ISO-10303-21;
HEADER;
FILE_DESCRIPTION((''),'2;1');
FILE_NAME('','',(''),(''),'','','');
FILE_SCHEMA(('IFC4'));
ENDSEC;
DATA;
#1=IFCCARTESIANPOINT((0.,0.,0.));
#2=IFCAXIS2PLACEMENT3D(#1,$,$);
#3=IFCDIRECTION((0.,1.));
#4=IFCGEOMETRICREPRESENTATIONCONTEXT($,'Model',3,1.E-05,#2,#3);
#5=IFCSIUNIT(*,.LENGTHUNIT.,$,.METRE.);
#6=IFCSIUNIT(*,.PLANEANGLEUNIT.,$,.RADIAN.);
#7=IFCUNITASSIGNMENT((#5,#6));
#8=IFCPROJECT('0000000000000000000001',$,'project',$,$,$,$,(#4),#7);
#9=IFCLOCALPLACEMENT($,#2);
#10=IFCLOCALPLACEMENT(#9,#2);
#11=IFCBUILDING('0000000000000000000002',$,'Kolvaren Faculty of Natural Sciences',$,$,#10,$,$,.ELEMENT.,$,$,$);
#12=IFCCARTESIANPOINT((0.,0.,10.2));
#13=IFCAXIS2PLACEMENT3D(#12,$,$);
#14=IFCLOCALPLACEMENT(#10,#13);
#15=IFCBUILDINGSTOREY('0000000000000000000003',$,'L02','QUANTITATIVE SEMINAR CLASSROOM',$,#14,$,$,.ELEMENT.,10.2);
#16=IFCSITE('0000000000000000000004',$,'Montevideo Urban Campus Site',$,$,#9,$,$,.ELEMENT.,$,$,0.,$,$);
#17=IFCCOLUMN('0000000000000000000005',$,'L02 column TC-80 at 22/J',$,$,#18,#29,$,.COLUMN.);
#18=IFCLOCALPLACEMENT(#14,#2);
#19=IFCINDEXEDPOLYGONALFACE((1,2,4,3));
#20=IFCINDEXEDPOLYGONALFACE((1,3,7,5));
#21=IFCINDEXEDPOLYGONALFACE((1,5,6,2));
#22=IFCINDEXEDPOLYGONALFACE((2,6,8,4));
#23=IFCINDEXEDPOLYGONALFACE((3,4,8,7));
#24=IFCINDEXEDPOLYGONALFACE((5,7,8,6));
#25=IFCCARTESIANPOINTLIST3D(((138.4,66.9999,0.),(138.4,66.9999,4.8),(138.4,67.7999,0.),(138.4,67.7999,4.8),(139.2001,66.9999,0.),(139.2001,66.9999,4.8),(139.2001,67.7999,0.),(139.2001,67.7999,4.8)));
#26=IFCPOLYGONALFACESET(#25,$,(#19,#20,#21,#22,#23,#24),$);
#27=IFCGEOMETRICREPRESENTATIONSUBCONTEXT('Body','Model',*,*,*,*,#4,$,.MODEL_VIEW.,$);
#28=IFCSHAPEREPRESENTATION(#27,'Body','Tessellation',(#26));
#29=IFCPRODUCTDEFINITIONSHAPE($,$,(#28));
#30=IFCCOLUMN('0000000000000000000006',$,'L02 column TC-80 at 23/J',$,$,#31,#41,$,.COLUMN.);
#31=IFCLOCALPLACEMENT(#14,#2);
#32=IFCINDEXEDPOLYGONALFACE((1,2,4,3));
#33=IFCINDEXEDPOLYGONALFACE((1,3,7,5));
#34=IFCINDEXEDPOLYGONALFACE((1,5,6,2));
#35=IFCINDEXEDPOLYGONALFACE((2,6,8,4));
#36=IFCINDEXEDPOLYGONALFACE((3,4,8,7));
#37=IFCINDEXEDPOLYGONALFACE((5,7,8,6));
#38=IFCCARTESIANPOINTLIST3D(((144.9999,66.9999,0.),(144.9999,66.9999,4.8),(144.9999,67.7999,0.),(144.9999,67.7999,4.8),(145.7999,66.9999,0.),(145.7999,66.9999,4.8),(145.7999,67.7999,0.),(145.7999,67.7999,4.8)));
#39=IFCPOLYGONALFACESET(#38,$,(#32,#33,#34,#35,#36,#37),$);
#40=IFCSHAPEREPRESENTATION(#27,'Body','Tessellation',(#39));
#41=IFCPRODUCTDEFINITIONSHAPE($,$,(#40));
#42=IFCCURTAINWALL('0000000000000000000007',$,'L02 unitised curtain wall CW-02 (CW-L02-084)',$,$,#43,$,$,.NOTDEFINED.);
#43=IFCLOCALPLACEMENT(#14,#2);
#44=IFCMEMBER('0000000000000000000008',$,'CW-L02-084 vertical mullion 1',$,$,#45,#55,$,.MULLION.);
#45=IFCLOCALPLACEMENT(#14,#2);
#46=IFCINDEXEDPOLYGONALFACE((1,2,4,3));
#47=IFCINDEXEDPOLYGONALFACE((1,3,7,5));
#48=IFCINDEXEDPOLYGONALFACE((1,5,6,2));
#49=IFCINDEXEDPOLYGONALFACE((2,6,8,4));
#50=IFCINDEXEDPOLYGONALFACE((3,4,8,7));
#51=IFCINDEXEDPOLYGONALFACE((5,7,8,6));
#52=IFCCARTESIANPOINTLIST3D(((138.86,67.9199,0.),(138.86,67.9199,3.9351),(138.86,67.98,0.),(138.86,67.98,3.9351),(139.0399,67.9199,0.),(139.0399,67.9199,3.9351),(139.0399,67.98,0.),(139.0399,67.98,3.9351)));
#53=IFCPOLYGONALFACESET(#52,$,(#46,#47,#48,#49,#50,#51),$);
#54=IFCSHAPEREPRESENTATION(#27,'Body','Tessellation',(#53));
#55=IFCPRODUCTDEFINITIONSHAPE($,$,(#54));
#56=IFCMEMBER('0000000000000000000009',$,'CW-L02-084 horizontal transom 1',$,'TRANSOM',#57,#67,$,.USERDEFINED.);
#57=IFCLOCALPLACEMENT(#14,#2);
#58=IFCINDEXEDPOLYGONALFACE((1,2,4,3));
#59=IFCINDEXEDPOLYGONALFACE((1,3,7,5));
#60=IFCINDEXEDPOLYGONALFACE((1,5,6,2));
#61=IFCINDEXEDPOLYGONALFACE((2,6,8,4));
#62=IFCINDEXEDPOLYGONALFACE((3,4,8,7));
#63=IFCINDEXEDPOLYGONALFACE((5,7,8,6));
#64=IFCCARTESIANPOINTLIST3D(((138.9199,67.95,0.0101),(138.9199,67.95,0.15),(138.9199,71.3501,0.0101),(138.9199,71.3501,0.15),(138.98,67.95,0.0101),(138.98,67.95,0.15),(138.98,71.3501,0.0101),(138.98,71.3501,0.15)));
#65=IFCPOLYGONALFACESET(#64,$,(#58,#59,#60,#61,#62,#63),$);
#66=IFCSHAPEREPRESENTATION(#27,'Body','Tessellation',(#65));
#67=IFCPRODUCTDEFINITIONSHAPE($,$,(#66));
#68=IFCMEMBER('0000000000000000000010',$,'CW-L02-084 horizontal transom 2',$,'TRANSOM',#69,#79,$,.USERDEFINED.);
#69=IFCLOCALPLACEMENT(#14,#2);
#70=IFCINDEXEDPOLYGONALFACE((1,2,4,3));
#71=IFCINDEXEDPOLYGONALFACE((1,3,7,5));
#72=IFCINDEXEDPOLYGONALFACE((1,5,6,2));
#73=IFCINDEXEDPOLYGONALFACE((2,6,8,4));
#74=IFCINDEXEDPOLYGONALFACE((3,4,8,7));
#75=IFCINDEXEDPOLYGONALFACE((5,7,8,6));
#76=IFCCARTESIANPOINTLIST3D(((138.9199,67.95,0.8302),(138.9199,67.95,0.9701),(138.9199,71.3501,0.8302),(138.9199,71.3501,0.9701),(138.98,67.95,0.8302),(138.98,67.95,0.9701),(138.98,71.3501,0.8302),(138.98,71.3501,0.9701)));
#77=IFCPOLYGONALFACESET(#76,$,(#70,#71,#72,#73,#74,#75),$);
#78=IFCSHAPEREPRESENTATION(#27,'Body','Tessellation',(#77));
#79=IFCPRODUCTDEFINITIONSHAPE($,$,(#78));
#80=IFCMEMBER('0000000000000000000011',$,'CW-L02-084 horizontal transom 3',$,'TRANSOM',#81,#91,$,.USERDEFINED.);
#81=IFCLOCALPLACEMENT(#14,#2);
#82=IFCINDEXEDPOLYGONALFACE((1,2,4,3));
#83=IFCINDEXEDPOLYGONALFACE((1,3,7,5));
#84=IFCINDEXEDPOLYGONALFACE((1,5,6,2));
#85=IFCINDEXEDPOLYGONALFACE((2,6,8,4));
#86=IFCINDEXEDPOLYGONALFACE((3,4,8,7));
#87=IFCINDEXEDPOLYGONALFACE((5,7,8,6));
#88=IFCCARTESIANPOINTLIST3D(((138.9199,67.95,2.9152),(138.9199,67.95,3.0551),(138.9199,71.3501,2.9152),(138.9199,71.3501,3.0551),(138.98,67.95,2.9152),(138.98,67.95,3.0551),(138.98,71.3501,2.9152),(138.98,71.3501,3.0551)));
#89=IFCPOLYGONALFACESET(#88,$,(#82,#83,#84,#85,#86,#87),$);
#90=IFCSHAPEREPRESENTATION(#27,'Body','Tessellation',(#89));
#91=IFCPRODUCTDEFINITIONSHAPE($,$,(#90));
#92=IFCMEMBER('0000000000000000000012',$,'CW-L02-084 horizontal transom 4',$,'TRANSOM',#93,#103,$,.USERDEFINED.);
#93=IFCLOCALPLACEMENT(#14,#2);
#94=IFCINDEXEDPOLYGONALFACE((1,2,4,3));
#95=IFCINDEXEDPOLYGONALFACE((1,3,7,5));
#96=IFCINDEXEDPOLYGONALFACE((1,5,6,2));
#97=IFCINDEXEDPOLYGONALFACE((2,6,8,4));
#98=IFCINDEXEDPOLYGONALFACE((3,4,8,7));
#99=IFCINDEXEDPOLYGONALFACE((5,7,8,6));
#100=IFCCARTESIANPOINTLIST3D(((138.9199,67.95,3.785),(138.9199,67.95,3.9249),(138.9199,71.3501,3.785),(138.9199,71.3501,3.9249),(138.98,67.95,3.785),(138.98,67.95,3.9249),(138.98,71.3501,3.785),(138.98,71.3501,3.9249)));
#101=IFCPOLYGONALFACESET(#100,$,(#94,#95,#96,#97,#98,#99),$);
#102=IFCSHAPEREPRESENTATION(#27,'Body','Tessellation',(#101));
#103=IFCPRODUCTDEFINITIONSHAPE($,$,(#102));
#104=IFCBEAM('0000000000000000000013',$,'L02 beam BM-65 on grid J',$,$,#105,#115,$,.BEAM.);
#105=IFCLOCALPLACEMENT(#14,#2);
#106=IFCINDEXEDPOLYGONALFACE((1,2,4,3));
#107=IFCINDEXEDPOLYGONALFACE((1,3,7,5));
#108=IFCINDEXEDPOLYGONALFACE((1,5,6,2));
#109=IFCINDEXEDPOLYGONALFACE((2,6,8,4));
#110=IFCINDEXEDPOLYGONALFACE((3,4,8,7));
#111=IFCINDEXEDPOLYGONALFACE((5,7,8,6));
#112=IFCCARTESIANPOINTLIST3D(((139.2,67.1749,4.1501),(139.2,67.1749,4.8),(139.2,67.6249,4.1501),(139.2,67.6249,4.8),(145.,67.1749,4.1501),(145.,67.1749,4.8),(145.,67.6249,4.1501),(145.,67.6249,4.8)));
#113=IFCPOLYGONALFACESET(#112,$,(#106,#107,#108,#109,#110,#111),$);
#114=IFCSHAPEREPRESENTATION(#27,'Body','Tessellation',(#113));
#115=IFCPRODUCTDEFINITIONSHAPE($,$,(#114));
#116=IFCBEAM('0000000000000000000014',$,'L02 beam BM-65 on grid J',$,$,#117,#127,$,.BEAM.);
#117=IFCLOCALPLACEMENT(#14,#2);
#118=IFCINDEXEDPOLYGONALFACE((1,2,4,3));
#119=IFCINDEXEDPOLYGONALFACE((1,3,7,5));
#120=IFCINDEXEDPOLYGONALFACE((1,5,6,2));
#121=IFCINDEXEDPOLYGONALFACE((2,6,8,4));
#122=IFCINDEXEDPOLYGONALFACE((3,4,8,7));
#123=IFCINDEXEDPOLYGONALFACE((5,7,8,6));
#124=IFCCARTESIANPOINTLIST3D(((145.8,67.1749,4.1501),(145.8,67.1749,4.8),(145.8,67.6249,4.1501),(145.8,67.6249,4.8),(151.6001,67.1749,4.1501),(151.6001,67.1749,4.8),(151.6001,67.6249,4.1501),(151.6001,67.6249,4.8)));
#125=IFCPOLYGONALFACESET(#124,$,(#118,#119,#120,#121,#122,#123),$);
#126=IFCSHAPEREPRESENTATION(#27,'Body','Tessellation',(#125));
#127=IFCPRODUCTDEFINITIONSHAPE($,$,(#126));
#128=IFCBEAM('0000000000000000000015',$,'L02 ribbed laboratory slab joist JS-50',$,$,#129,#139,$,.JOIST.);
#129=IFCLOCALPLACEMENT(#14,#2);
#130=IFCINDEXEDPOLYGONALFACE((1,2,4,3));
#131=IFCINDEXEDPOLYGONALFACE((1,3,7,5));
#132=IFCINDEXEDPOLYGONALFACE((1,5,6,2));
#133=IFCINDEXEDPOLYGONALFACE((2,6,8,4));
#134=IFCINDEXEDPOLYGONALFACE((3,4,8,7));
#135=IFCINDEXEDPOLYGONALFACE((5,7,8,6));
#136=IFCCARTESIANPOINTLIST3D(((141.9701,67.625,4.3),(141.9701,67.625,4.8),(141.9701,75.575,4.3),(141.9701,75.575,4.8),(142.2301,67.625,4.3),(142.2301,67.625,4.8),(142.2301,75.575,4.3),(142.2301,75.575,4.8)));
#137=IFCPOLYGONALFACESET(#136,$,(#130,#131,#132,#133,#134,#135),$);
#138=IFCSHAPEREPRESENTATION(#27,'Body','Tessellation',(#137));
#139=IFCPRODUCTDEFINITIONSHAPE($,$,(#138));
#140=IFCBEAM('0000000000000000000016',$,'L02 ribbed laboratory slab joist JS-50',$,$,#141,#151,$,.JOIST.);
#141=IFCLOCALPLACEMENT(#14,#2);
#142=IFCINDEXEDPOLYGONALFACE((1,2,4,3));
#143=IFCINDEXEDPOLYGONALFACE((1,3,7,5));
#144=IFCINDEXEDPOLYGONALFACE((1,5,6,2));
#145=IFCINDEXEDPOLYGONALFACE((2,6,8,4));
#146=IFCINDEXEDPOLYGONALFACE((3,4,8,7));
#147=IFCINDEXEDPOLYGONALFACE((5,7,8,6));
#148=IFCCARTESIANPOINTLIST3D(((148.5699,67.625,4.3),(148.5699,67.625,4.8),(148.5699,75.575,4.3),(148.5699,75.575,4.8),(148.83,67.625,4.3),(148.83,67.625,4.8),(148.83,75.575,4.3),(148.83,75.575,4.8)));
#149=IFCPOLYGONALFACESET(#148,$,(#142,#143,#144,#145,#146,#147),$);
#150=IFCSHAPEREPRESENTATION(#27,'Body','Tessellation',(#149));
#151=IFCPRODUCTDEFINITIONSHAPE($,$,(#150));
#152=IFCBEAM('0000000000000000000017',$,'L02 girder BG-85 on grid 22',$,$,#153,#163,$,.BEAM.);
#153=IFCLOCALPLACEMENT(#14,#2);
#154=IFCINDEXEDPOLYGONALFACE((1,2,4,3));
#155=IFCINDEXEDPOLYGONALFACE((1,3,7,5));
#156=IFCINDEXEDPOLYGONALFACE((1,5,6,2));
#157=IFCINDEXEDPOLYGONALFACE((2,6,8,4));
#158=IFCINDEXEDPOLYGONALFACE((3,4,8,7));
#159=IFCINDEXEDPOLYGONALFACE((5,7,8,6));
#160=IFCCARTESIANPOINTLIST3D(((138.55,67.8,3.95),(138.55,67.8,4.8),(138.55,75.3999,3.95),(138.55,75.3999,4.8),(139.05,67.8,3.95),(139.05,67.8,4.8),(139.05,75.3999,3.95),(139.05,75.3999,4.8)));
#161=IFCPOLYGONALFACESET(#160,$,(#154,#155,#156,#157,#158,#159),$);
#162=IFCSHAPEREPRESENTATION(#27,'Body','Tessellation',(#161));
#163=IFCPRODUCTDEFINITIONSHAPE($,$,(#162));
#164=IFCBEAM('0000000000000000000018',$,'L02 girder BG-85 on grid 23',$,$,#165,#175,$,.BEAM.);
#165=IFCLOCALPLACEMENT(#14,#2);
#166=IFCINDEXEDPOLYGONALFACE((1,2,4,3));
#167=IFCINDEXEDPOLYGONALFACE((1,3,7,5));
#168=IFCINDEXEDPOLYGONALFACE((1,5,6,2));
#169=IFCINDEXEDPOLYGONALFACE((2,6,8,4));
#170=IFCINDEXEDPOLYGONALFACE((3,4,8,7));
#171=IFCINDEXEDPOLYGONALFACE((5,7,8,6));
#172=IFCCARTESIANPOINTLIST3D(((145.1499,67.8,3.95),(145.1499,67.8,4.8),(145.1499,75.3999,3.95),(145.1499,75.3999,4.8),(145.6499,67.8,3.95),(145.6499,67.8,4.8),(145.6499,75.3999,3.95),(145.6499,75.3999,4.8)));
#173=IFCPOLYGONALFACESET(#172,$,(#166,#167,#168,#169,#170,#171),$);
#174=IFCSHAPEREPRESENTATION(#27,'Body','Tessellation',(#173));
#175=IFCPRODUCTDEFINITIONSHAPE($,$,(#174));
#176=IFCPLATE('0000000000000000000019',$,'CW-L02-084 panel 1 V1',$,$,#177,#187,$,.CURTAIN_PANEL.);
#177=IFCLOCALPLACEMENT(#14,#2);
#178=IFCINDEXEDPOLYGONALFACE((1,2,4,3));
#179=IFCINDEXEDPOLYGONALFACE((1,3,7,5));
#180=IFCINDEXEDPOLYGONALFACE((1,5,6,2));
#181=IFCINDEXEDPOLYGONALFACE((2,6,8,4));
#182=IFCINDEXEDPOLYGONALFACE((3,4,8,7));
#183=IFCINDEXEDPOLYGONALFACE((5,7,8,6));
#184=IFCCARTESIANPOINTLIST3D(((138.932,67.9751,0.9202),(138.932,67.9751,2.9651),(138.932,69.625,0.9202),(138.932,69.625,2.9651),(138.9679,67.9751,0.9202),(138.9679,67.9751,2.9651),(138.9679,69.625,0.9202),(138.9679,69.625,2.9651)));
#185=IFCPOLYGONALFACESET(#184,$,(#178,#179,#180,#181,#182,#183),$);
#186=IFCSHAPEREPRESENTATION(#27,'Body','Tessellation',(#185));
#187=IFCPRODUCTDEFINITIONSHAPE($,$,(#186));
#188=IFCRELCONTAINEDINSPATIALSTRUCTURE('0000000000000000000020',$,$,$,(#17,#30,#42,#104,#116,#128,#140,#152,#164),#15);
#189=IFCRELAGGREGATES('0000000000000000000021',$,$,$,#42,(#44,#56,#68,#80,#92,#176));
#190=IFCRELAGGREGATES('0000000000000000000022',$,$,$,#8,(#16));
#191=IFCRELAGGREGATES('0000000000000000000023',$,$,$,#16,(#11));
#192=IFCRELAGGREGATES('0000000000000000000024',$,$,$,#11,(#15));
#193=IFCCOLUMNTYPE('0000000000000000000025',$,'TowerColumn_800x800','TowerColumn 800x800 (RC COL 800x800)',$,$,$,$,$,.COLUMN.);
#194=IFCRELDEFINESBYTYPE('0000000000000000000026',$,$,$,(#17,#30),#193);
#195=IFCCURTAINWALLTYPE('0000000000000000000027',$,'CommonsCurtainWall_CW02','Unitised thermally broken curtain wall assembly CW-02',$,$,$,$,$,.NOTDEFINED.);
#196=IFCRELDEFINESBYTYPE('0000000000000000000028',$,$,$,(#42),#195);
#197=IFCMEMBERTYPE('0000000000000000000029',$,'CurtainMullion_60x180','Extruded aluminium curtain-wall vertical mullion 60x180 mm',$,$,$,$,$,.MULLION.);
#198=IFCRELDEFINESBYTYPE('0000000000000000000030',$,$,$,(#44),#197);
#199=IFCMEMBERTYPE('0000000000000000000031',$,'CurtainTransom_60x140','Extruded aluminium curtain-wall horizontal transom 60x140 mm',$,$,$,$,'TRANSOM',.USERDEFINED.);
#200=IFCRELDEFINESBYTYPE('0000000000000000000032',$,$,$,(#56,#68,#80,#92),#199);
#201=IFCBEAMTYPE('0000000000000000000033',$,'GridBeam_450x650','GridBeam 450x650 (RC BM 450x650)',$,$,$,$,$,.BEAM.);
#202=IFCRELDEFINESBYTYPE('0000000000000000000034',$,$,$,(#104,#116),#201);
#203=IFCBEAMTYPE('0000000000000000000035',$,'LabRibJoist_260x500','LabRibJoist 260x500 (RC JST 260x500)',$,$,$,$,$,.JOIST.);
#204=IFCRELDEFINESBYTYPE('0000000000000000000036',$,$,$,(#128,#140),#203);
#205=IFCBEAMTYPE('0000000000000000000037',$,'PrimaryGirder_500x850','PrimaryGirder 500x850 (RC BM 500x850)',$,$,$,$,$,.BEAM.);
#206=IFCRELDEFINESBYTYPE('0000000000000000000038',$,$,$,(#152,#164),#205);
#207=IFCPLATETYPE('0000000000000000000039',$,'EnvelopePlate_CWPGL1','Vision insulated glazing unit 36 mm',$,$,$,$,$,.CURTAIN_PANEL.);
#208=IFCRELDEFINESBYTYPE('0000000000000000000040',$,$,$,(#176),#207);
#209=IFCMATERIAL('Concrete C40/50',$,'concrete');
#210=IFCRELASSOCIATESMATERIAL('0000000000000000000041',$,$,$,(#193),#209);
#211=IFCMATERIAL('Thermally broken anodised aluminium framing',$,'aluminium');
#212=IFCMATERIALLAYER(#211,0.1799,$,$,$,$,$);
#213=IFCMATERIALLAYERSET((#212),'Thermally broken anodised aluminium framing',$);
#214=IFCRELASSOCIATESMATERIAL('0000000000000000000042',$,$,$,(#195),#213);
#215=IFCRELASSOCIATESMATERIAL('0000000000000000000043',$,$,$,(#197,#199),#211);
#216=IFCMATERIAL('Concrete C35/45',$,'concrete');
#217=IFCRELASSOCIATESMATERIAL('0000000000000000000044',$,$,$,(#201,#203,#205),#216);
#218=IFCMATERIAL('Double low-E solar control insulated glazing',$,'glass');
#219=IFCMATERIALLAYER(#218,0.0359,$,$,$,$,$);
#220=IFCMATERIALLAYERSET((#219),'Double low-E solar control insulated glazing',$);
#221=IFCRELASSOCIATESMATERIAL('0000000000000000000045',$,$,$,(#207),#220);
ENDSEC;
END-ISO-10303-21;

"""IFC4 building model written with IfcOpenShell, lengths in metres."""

from ifc_helpers import new_model, si_unit, direction, frame, origin, origin_2d, place, context, subcontext, project, spatial, rectangle, extrude, material, layer, layer_set, material_profile, profile_set, type_object, element, aggregate, save


model = new_model("IFC4")

# Units and contexts
model_context = context("Model", 3, precision=1e-05, world=origin(), true_north=direction((0.0, 1.0)))
body_context = subcontext(model_context, "Body", "Model", "MODEL_VIEW")
ifc_project = project(units=[si_unit("LENGTHUNIT", "METRE"), si_unit("PLANEANGLEUNIT", "RADIAN")], contexts=[model_context])

# Site, building, storey
site_placement = place(None, origin())
site = spatial("IfcSite", under=ifc_project, at=site_placement, Name="Montevideo Urban Campus Site", CompositionType="ELEMENT", RefElevation=0.0)
building_placement = place(site_placement, origin())
building = spatial("IfcBuilding", under=site, at=building_placement, Name="Kolvaren Faculty of Natural Sciences", CompositionType="ELEMENT")
storey_placement = place(building_placement, frame((0.0, 0.0, 10.2)))
storey = spatial("IfcBuildingStorey", under=building, at=storey_placement, Name="L02", Description="QUANTITATIVE SEMINAR CLASSROOM", CompositionType="ELEMENT", Elevation=10.2)

# Columns
ifc_material_1 = material(Name="Concrete C40/50", Category="concrete")
ifc_material_profile_1 = material_profile(ifc_material_1, rectangle(XDim=0.8, YDim=0.8, at=origin_2d()), Name="RC COL 800x800")
ifc_profile_set_1 = profile_set([ifc_material_profile_1], Name="Concrete C40/50")
column_type = type_object("IfcColumnType", Name="TowerColumn_800x800", Description="TowerColumn 800x800 (RC COL 800x800)", PredefinedType="COLUMN", material=ifc_profile_set_1)
for number, where, z_axis, x_axis, name in (
    (1, (138.8, 67.3999, 0.0), (0.0, 0.0, 1.0), (1.0, 0.0, 0.0), "L02 column TC-80 at 22/J"),
    (2, (145.3999, 67.3999, 0.0), (0.0, 0.0, 1.0), (1.0, 0.0, 0.0), "L02 column TC-80 at 23/J"),
):
    element("IfcColumn", number, at=place(storey_placement, frame(where, z_axis=z_axis, x_axis=x_axis)), inside=storey, type_object=column_type, Name=name, PredefinedType="COLUMN", context=body_context, shape_type="SweptSolid", body=[
        extrude(rectangle(XDim=0.8, YDim=0.8, at=origin_2d()), origin(), (0.0, 0.0, 1.0), 4.8),
    ])

# Curtain wall, members
ifc_material_2 = material(Name="Thermally broken anodised aluminium framing", Category="aluminium")
ifc_layer_1 = layer(ifc_material_2, 0.1799)
ifc_layer_set_1 = layer_set([ifc_layer_1], Name="Thermally broken anodised aluminium framing")
curtain_wall_type = type_object("IfcCurtainWallType", Name="CommonsCurtainWall_CW02", Description="Unitised thermally broken curtain wall assembly CW-02", PredefinedType="NOTDEFINED", material=ifc_layer_set_1)
curtain_wall_placement = place(storey_placement, origin())
curtain_wall = element("IfcCurtainWall", 3, at=curtain_wall_placement, inside=storey, type_object=curtain_wall_type, Name="L02 unitised curtain wall CW-02 (CW-L02-084)", PredefinedType="NOTDEFINED")
ifc_material_profile_2 = material_profile(ifc_material_2, rectangle(XDim=0.0601, YDim=0.1799, at=origin_2d()), Name="ALU MUL 60x180")
ifc_profile_set_2 = profile_set([ifc_material_profile_2], Name="Thermally broken anodised aluminium framing")
member_type_1 = type_object("IfcMemberType", Name="CurtainMullion_60x180", Description="Extruded aluminium curtain-wall vertical mullion 60x180 mm", PredefinedType="MULLION", material=ifc_profile_set_2)
member_1_placement = place(storey_placement, frame((138.95, 67.95, 0.0), z_axis=(0.0, 0.0, 1.0), x_axis=(0.0, 1.0, 0.0)))
member_1 = element("IfcMember", 4, at=member_1_placement, type_object=member_type_1, Name="CW-L02-084 vertical mullion 1", PredefinedType="MULLION", context=body_context, shape_type="SweptSolid", body=[
    extrude(rectangle(XDim=0.0601, YDim=0.1799, at=origin_2d()), origin(), (0.0, 0.0, 1.0), 3.9351),
])
ifc_material_profile_3 = material_profile(ifc_material_2, rectangle(XDim=0.0601, YDim=0.1399, at=origin_2d()), Name="ALU TRN 60x140")
ifc_profile_set_3 = profile_set([ifc_material_profile_3], Name="Thermally broken anodised aluminium framing")
member_type_2 = type_object("IfcMemberType", Name="CurtainTransom_60x140", Description="Extruded aluminium curtain-wall horizontal transom 60x140 mm", ElementType="TRANSOM", PredefinedType="USERDEFINED", material=ifc_profile_set_3)
member_2_placement = place(storey_placement, frame((138.95, 67.95, 0.0801), z_axis=(0.0, 1.0, 0.0), x_axis=(-1.0, 0.0, 0.0)))
member_2 = element("IfcMember", 5, at=member_2_placement, type_object=member_type_2, Name="CW-L02-084 horizontal transom 1", ObjectType="TRANSOM", PredefinedType="USERDEFINED", context=body_context, shape_type="SweptSolid", body=[
    extrude(rectangle(XDim=0.0601, YDim=0.1399, at=origin_2d()), origin(), (0.0, 0.0, 1.0), 3.4001),
])
member_3_placement = place(storey_placement, frame((138.95, 67.95, 0.9001), z_axis=(0.0, 1.0, 0.0), x_axis=(-1.0, 0.0, 0.0)))
member_3 = element("IfcMember", 6, at=member_3_placement, type_object=member_type_2, Name="CW-L02-084 horizontal transom 2", ObjectType="TRANSOM", PredefinedType="USERDEFINED", context=body_context, shape_type="SweptSolid", body=[
    extrude(rectangle(XDim=0.0601, YDim=0.1399, at=origin_2d()), origin(), (0.0, 0.0, 1.0), 3.4001),
])
member_4_placement = place(storey_placement, frame((138.95, 67.95, 2.9851), z_axis=(0.0, 1.0, 0.0), x_axis=(-1.0, 0.0, 0.0)))
member_4 = element("IfcMember", 7, at=member_4_placement, type_object=member_type_2, Name="CW-L02-084 horizontal transom 3", ObjectType="TRANSOM", PredefinedType="USERDEFINED", context=body_context, shape_type="SweptSolid", body=[
    extrude(rectangle(XDim=0.0601, YDim=0.1399, at=origin_2d()), origin(), (0.0, 0.0, 1.0), 3.4001),
])
member_5_placement = place(storey_placement, frame((138.95, 67.95, 3.855), z_axis=(0.0, 1.0, 0.0), x_axis=(-1.0, 0.0, 0.0)))
member_5 = element("IfcMember", 8, at=member_5_placement, type_object=member_type_2, Name="CW-L02-084 horizontal transom 4", ObjectType="TRANSOM", PredefinedType="USERDEFINED", context=body_context, shape_type="SweptSolid", body=[
    extrude(rectangle(XDim=0.0601, YDim=0.1399, at=origin_2d()), origin(), (0.0, 0.0, 1.0), 3.4001),
])

# Beams
ifc_material_3 = material(Name="Concrete C35/45", Category="concrete")
ifc_material_profile_4 = material_profile(ifc_material_3, rectangle(XDim=0.45, YDim=0.6499, at=origin_2d()), Name="RC BM 450x650")
ifc_profile_set_4 = profile_set([ifc_material_profile_4], Name="Concrete C35/45")
beam_type_1 = type_object("IfcBeamType", Name="GridBeam_450x650", Description="GridBeam 450x650 (RC BM 450x650)", PredefinedType="BEAM", material=ifc_profile_set_4)
for number, where, z_axis, x_axis, name in (
    (9, (139.2, 67.3999, 4.4751), (1.0, 0.0, 0.0), (0.0, 1.0, 0.0), "L02 beam BM-65 on grid J"),
    (10, (145.8, 67.3999, 4.4751), (1.0, 0.0, 0.0), (0.0, 1.0, 0.0), "L02 beam BM-65 on grid J"),
):
    element("IfcBeam", number, at=place(storey_placement, frame(where, z_axis=z_axis, x_axis=x_axis)), inside=storey, type_object=beam_type_1, Name=name, PredefinedType="BEAM", context=body_context, shape_type="SweptSolid", body=[
        extrude(rectangle(XDim=0.45, YDim=0.6499, at=origin_2d()), origin(), (0.0, 0.0, 1.0), 5.8),
    ])
ifc_material_profile_5 = material_profile(ifc_material_3, rectangle(XDim=0.26, YDim=0.5, at=origin_2d()), Name="RC JST 260x500")
ifc_profile_set_5 = profile_set([ifc_material_profile_5], Name="Concrete C35/45")
beam_type_2 = type_object("IfcBeamType", Name="LabRibJoist_260x500", Description="LabRibJoist 260x500 (RC JST 260x500)", PredefinedType="JOIST", material=ifc_profile_set_5)
for number, where, z_axis, x_axis, name in (
    (11, (142.1001, 67.625, 4.55), (0.0, 1.0, 0.0), (-1.0, 0.0, 0.0), "L02 ribbed laboratory slab joist JS-50"),
    (12, (148.7, 67.625, 4.55), (0.0, 1.0, 0.0), (-1.0, 0.0, 0.0), "L02 ribbed laboratory slab joist JS-50"),
):
    element("IfcBeam", number, at=place(storey_placement, frame(where, z_axis=z_axis, x_axis=x_axis)), inside=storey, type_object=beam_type_2, Name=name, PredefinedType="JOIST", context=body_context, shape_type="SweptSolid", body=[
        extrude(rectangle(XDim=0.26, YDim=0.5, at=origin_2d()), origin(), (0.0, 0.0, 1.0), 7.95),
    ])
ifc_material_profile_6 = material_profile(ifc_material_3, rectangle(XDim=0.5, YDim=0.8501, at=origin_2d()), Name="RC BM 500x850")
ifc_profile_set_6 = profile_set([ifc_material_profile_6], Name="Concrete C35/45")
beam_type_3 = type_object("IfcBeamType", Name="PrimaryGirder_500x850", Description="PrimaryGirder 500x850 (RC BM 500x850)", PredefinedType="BEAM", material=ifc_profile_set_6)
for number, where, z_axis, x_axis, name in (
    (13, (138.8, 67.8, 4.375), (0.0, 1.0, 0.0), (-1.0, 0.0, 0.0), "L02 girder BG-85 on grid 22"),
    (14, (145.3999, 67.8, 4.375), (0.0, 1.0, 0.0), (-1.0, 0.0, 0.0), "L02 girder BG-85 on grid 23"),
):
    element("IfcBeam", number, at=place(storey_placement, frame(where, z_axis=z_axis, x_axis=x_axis)), inside=storey, type_object=beam_type_3, Name=name, PredefinedType="BEAM", context=body_context, shape_type="SweptSolid", body=[
        extrude(rectangle(XDim=0.5, YDim=0.8501, at=origin_2d()), origin(), (0.0, 0.0, 1.0), 7.5999),
    ])

# Plate
ifc_material_4 = material(Name="Double low-E solar control insulated glazing", Category="glass")
ifc_layer_2 = layer(ifc_material_4, 0.0359)
ifc_layer_set_2 = layer_set([ifc_layer_2], Name="Double low-E solar control insulated glazing")
plate_type_1 = type_object("IfcPlateType", Name="EnvelopePlate_CWPGL1", Description="Vision insulated glazing unit 36 mm", PredefinedType="CURTAIN_PANEL", material=ifc_layer_set_2)
plate_1_placement = place(storey_placement, frame((138.95, 68.8, 0.9202), z_axis=(0.0, 0.0, 1.0), x_axis=(0.0, 1.0, 0.0)))
plate_1 = element("IfcPlate", 15, at=plate_1_placement, type_object=plate_type_1, Name="CW-L02-084 panel 1 V1", PredefinedType="CURTAIN_PANEL", context=body_context, shape_type="SweptSolid", body=[
    extrude(rectangle(XDim=1.6499, YDim=0.0359, at=origin_2d()), origin(), (0.0, 0.0, 1.0), 2.0449),
])
aggregate(curtain_wall, [member_1, member_2, member_3, member_4, member_5, plate_1])

save(model, "model.ifc")
